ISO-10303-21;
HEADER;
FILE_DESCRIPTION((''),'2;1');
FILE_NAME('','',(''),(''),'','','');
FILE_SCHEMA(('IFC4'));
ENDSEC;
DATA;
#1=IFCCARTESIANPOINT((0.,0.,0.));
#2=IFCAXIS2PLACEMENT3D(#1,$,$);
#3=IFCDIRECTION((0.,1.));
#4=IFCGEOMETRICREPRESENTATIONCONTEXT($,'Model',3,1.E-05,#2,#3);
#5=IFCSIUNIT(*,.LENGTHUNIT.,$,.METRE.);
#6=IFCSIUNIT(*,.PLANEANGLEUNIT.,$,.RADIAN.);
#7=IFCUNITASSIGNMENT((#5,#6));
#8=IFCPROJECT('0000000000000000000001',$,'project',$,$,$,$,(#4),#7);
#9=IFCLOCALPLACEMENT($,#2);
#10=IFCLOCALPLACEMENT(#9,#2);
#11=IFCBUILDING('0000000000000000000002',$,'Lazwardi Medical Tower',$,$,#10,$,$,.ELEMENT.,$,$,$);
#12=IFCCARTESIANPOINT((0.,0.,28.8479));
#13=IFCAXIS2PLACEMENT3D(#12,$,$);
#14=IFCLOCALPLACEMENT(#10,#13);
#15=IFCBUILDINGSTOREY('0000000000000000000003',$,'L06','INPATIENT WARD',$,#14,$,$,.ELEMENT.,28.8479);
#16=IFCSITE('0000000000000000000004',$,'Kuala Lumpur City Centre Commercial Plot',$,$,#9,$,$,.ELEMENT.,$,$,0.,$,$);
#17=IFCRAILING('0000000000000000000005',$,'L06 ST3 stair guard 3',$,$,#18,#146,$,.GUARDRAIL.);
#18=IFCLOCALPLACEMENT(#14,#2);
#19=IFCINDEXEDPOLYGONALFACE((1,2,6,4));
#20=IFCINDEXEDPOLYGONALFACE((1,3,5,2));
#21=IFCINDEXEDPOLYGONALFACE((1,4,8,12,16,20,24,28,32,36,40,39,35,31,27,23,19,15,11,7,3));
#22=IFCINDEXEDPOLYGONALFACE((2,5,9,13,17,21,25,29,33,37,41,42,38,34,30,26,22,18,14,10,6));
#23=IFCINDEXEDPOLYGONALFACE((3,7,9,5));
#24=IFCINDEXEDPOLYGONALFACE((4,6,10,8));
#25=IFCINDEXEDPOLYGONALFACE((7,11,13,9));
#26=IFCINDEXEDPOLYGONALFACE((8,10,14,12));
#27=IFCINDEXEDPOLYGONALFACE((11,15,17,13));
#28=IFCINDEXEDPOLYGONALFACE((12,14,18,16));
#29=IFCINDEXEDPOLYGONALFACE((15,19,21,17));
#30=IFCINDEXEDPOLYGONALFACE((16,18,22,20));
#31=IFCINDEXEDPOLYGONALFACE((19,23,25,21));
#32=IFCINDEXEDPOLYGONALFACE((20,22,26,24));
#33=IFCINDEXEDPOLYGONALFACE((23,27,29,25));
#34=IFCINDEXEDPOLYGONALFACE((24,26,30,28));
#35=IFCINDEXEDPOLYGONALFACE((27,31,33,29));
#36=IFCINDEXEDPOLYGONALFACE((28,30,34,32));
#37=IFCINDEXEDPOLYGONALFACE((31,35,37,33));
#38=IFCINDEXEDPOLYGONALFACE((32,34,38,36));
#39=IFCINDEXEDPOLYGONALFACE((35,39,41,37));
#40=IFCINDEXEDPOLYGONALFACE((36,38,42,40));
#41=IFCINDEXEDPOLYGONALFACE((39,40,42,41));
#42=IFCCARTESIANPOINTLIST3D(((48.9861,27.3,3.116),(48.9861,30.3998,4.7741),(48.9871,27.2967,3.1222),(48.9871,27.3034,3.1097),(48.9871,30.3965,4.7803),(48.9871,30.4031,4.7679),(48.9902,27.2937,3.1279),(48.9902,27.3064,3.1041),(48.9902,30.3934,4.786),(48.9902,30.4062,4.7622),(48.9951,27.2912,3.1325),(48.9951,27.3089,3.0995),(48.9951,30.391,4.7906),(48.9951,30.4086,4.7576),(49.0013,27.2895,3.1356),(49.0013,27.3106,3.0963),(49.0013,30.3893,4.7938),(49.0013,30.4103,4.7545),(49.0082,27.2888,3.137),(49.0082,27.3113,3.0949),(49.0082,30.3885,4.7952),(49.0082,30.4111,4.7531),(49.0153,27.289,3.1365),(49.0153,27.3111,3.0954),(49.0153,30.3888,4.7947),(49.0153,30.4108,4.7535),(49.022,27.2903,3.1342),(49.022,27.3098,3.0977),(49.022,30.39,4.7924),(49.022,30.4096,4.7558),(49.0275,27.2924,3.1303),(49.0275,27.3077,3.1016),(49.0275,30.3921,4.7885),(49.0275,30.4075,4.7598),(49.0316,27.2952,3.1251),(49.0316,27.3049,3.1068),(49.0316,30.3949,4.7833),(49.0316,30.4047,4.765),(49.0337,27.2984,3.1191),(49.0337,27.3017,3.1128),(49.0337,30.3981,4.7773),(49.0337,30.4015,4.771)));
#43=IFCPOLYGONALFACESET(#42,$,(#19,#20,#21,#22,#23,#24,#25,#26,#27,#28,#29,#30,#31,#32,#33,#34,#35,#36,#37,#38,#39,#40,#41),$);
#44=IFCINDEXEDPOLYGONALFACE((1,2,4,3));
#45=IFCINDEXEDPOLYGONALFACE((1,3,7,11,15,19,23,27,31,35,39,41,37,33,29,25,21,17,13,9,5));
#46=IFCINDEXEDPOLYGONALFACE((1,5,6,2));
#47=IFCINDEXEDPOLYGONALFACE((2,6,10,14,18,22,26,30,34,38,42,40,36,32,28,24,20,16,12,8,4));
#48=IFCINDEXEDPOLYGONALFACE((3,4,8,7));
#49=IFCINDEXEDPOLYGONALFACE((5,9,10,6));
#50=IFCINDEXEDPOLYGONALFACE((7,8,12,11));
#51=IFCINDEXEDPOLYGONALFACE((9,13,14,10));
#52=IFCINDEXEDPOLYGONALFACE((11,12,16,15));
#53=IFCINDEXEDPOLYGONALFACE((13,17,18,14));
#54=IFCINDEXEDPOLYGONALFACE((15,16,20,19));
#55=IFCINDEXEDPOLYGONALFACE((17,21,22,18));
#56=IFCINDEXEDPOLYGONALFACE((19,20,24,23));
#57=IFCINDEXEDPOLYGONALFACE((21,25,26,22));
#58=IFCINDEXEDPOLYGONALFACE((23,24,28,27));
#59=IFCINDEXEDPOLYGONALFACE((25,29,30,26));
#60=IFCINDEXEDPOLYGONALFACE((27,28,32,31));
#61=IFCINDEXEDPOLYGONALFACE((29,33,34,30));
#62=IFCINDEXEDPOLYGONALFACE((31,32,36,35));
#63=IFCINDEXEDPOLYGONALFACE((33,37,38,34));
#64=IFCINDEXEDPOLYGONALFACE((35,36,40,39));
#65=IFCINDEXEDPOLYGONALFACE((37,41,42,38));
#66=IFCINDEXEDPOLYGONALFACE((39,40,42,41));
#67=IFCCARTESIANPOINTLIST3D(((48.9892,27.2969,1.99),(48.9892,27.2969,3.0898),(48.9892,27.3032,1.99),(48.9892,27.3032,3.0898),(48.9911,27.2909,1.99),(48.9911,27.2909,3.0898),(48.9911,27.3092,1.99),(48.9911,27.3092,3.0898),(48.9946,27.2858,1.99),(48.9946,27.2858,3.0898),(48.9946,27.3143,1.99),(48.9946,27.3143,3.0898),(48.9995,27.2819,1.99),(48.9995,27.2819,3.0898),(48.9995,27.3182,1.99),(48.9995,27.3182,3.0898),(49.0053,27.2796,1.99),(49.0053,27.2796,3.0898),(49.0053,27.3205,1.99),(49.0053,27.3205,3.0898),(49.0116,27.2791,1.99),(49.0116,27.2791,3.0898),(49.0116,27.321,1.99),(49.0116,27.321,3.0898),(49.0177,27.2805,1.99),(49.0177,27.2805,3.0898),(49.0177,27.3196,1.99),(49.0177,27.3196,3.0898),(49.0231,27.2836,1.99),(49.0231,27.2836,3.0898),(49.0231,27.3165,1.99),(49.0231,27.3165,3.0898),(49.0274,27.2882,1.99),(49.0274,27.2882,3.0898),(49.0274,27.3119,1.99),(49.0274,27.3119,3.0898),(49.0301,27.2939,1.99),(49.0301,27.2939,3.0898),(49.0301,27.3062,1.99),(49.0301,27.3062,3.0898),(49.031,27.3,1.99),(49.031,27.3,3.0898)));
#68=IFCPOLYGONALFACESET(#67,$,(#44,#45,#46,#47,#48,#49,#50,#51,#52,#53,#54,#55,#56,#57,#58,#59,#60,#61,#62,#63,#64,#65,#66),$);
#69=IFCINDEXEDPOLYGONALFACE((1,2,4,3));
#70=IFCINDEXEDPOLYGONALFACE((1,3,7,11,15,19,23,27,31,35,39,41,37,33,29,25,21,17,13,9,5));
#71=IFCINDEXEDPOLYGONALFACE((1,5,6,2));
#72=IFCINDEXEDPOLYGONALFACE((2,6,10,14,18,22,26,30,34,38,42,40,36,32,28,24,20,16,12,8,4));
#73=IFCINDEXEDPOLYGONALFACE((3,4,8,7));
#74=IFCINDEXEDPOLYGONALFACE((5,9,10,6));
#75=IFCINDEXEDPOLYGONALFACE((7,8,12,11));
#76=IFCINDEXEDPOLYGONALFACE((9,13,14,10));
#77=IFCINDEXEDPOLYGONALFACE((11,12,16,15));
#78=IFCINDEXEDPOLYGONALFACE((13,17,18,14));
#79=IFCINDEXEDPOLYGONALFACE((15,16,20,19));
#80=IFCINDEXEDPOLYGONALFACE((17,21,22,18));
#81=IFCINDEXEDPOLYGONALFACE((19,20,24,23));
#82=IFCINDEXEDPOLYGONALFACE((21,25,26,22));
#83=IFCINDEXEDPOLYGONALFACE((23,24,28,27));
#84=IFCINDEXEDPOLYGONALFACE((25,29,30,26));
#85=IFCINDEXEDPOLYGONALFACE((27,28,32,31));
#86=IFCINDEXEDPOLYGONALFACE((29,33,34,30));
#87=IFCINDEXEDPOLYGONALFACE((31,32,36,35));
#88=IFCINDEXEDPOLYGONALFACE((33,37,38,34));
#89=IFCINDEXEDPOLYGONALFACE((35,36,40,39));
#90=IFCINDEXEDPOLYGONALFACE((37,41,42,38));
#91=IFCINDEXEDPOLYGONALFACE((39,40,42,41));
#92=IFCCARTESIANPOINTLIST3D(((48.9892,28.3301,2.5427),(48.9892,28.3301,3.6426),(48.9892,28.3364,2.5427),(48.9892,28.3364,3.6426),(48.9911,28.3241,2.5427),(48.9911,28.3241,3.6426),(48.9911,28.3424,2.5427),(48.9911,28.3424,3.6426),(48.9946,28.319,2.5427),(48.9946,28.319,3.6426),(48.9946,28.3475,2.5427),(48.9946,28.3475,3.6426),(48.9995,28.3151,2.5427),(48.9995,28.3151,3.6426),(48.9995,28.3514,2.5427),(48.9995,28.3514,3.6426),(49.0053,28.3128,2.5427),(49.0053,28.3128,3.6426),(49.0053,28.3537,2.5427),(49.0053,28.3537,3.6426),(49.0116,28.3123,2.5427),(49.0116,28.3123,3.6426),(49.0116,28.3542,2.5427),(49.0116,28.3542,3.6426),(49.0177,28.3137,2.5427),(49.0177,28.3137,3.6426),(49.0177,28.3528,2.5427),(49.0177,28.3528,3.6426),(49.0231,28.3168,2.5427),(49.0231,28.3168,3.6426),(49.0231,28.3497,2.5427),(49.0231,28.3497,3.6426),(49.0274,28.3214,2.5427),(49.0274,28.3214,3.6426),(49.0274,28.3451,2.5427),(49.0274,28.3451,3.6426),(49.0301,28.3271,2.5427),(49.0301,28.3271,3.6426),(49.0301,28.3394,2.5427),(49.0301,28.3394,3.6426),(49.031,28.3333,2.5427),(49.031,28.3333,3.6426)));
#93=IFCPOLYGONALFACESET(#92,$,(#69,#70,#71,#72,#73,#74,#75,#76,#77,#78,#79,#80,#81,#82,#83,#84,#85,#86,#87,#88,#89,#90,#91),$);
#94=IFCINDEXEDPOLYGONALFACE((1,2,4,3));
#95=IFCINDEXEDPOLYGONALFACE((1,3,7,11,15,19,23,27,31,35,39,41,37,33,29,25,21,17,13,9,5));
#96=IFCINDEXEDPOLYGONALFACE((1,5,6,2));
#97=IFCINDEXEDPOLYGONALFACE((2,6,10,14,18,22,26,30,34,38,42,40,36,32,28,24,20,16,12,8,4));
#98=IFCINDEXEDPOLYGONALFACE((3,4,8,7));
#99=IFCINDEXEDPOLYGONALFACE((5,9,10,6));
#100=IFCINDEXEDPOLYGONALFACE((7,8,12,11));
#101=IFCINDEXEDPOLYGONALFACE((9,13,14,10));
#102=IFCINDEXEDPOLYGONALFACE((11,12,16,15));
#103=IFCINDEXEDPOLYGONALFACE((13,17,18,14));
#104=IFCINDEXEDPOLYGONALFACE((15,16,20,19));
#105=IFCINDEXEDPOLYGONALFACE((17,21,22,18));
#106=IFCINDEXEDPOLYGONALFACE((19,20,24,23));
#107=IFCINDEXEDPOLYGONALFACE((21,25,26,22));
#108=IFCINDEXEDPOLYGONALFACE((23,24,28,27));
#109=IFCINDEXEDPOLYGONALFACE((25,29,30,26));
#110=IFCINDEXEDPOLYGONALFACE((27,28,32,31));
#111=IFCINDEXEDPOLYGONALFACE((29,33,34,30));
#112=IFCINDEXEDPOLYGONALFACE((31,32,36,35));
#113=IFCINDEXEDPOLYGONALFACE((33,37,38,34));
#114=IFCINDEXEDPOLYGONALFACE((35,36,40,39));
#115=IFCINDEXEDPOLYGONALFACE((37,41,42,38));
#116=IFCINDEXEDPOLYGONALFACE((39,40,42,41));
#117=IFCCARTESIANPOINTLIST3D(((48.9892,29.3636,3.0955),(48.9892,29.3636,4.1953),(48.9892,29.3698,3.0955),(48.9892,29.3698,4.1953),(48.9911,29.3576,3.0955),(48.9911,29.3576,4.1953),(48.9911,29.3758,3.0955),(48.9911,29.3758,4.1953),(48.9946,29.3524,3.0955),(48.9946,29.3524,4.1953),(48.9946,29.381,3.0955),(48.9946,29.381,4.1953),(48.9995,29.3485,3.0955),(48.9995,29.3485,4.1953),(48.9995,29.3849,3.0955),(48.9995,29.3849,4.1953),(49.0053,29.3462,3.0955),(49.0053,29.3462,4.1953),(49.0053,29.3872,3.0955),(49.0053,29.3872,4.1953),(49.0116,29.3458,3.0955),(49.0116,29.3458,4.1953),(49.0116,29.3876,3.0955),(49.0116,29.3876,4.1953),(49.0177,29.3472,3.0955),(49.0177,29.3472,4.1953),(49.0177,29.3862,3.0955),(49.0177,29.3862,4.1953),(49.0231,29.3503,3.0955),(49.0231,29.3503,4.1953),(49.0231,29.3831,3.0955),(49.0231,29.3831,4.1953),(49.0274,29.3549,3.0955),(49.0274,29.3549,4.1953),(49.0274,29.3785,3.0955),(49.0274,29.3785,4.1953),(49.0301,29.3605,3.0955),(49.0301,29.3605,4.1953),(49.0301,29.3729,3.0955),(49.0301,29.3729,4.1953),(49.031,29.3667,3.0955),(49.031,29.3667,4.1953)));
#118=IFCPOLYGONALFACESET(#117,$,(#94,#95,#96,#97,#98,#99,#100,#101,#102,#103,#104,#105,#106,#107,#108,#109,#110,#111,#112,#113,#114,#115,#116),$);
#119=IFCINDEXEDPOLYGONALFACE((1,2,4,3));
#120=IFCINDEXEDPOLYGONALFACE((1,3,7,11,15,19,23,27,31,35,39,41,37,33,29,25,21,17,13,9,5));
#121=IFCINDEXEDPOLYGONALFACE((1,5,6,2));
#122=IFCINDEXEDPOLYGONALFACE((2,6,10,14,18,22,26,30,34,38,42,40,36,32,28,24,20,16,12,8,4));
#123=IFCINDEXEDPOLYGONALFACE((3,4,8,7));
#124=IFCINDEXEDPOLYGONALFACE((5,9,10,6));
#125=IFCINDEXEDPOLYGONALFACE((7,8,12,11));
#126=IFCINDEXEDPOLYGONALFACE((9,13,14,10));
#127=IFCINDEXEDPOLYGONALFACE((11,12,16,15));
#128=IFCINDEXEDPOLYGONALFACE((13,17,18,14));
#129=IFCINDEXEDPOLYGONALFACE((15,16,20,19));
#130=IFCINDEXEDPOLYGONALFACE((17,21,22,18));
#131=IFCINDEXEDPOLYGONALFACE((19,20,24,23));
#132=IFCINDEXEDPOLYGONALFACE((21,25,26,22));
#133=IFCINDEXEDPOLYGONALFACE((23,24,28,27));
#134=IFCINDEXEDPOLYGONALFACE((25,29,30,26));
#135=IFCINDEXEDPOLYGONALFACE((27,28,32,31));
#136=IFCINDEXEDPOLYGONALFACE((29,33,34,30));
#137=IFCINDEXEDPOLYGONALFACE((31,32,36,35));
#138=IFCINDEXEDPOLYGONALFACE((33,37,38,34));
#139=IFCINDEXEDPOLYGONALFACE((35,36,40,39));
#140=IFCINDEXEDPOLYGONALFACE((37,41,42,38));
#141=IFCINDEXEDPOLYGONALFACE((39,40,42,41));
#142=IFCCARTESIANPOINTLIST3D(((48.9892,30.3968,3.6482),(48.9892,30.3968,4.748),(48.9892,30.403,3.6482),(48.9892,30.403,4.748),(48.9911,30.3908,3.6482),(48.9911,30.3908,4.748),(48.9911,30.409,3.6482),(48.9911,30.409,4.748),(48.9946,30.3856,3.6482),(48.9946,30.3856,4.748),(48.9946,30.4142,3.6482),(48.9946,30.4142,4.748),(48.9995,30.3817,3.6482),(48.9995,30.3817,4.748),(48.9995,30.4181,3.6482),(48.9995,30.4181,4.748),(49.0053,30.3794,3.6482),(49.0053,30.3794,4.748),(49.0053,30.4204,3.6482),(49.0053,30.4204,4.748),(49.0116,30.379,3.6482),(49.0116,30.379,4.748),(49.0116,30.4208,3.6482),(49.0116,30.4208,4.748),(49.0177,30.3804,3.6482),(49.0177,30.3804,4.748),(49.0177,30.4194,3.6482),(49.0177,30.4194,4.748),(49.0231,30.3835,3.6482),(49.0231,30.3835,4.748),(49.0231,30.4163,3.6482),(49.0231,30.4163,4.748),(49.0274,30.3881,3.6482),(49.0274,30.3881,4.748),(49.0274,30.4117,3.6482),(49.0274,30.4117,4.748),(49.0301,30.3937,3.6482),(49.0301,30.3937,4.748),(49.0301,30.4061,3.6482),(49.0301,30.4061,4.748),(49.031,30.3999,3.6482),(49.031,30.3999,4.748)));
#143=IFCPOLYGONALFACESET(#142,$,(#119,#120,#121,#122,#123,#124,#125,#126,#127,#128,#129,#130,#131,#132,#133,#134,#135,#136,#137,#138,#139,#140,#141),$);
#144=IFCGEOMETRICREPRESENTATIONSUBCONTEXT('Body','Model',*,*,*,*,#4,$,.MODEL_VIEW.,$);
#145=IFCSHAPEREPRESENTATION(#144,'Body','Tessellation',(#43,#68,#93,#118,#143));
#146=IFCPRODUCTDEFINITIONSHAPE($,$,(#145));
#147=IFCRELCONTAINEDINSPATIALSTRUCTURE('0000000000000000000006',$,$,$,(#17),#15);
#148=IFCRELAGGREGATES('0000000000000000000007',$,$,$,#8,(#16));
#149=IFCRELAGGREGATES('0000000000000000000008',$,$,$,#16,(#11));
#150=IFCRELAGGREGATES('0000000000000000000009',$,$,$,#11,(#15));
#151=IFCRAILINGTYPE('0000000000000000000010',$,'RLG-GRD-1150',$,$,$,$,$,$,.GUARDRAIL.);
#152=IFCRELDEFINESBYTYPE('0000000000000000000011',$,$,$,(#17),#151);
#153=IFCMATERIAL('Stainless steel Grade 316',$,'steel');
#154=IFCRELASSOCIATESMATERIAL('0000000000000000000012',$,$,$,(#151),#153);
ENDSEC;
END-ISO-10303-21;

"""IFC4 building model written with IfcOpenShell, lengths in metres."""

from ifc_helpers import new_model, si_unit, direction, frame, origin, origin_2d, place, context, subcontext, project, spatial, circle, extrude, material, type_object, element, save


model = new_model("IFC4")

# Units and contexts
model_context = context("Model", 3, precision=1e-05, world=origin(), true_north=direction((0.0, 1.0)))
body_context = subcontext(model_context, "Body", "Model", "MODEL_VIEW")
ifc_project = project(units=[si_unit("LENGTHUNIT", "METRE"), si_unit("PLANEANGLEUNIT", "RADIAN")], contexts=[model_context])

# Site, building, storey
site_placement = place(None, origin())
site = spatial("IfcSite", under=ifc_project, at=site_placement, Name="Kuala Lumpur City Centre Commercial Plot", CompositionType="ELEMENT", RefElevation=0.0)
building_placement = place(site_placement, origin())
building = spatial("IfcBuilding", under=site, at=building_placement, Name="Lazwardi Medical Tower", CompositionType="ELEMENT")
storey_placement = place(building_placement, frame((0.0, 0.0, 28.8479)))
storey = spatial("IfcBuildingStorey", under=building, at=storey_placement, Name="L06", Description="INPATIENT WARD", CompositionType="ELEMENT", Elevation=28.8479)

# Railing
ifc_material_1 = material(Name="Stainless steel Grade 316", Category="steel")
railing_type_1 = type_object("IfcRailingType", Name="RLG-GRD-1150", PredefinedType="GUARDRAIL", material=ifc_material_1)
railing_1_placement = place(storey_placement, frame((49.01, 27.3, 1.99)))
element("IfcRailing", 1, at=railing_1_placement, inside=storey, type_object=railing_type_1, Name="L06 ST3 stair guard 3", PredefinedType="GUARDRAIL", context=body_context, shape_type="SweptSolid", body=[
    extrude(circle(Radius=0.0239, at=origin_2d()), frame((0.0, 0.0, 1.126), z_axis=(0.0, 0.881768, 0.471684), x_axis=(-1.0, 0.0, 0.0)), (0.0, 0.0, 1.0), 3.5154),
    extrude(circle(Radius=0.021, at=origin_2d()), origin(), (0.0, 0.0, 1.0), 1.0999),
    extrude(circle(Radius=0.021, at=origin_2d()), frame((0.0, 1.0332, 0.5527)), (0.0, 0.0, 1.0), 1.0999),
    extrude(circle(Radius=0.021, at=origin_2d()), frame((0.0, 2.0667, 1.1055)), (0.0, 0.0, 1.0), 1.0999),
    extrude(circle(Radius=0.021, at=origin_2d()), frame((0.0, 3.0999, 1.6582)), (0.0, 0.0, 1.0), 1.0999),
])

save(model, "model.ifc")
